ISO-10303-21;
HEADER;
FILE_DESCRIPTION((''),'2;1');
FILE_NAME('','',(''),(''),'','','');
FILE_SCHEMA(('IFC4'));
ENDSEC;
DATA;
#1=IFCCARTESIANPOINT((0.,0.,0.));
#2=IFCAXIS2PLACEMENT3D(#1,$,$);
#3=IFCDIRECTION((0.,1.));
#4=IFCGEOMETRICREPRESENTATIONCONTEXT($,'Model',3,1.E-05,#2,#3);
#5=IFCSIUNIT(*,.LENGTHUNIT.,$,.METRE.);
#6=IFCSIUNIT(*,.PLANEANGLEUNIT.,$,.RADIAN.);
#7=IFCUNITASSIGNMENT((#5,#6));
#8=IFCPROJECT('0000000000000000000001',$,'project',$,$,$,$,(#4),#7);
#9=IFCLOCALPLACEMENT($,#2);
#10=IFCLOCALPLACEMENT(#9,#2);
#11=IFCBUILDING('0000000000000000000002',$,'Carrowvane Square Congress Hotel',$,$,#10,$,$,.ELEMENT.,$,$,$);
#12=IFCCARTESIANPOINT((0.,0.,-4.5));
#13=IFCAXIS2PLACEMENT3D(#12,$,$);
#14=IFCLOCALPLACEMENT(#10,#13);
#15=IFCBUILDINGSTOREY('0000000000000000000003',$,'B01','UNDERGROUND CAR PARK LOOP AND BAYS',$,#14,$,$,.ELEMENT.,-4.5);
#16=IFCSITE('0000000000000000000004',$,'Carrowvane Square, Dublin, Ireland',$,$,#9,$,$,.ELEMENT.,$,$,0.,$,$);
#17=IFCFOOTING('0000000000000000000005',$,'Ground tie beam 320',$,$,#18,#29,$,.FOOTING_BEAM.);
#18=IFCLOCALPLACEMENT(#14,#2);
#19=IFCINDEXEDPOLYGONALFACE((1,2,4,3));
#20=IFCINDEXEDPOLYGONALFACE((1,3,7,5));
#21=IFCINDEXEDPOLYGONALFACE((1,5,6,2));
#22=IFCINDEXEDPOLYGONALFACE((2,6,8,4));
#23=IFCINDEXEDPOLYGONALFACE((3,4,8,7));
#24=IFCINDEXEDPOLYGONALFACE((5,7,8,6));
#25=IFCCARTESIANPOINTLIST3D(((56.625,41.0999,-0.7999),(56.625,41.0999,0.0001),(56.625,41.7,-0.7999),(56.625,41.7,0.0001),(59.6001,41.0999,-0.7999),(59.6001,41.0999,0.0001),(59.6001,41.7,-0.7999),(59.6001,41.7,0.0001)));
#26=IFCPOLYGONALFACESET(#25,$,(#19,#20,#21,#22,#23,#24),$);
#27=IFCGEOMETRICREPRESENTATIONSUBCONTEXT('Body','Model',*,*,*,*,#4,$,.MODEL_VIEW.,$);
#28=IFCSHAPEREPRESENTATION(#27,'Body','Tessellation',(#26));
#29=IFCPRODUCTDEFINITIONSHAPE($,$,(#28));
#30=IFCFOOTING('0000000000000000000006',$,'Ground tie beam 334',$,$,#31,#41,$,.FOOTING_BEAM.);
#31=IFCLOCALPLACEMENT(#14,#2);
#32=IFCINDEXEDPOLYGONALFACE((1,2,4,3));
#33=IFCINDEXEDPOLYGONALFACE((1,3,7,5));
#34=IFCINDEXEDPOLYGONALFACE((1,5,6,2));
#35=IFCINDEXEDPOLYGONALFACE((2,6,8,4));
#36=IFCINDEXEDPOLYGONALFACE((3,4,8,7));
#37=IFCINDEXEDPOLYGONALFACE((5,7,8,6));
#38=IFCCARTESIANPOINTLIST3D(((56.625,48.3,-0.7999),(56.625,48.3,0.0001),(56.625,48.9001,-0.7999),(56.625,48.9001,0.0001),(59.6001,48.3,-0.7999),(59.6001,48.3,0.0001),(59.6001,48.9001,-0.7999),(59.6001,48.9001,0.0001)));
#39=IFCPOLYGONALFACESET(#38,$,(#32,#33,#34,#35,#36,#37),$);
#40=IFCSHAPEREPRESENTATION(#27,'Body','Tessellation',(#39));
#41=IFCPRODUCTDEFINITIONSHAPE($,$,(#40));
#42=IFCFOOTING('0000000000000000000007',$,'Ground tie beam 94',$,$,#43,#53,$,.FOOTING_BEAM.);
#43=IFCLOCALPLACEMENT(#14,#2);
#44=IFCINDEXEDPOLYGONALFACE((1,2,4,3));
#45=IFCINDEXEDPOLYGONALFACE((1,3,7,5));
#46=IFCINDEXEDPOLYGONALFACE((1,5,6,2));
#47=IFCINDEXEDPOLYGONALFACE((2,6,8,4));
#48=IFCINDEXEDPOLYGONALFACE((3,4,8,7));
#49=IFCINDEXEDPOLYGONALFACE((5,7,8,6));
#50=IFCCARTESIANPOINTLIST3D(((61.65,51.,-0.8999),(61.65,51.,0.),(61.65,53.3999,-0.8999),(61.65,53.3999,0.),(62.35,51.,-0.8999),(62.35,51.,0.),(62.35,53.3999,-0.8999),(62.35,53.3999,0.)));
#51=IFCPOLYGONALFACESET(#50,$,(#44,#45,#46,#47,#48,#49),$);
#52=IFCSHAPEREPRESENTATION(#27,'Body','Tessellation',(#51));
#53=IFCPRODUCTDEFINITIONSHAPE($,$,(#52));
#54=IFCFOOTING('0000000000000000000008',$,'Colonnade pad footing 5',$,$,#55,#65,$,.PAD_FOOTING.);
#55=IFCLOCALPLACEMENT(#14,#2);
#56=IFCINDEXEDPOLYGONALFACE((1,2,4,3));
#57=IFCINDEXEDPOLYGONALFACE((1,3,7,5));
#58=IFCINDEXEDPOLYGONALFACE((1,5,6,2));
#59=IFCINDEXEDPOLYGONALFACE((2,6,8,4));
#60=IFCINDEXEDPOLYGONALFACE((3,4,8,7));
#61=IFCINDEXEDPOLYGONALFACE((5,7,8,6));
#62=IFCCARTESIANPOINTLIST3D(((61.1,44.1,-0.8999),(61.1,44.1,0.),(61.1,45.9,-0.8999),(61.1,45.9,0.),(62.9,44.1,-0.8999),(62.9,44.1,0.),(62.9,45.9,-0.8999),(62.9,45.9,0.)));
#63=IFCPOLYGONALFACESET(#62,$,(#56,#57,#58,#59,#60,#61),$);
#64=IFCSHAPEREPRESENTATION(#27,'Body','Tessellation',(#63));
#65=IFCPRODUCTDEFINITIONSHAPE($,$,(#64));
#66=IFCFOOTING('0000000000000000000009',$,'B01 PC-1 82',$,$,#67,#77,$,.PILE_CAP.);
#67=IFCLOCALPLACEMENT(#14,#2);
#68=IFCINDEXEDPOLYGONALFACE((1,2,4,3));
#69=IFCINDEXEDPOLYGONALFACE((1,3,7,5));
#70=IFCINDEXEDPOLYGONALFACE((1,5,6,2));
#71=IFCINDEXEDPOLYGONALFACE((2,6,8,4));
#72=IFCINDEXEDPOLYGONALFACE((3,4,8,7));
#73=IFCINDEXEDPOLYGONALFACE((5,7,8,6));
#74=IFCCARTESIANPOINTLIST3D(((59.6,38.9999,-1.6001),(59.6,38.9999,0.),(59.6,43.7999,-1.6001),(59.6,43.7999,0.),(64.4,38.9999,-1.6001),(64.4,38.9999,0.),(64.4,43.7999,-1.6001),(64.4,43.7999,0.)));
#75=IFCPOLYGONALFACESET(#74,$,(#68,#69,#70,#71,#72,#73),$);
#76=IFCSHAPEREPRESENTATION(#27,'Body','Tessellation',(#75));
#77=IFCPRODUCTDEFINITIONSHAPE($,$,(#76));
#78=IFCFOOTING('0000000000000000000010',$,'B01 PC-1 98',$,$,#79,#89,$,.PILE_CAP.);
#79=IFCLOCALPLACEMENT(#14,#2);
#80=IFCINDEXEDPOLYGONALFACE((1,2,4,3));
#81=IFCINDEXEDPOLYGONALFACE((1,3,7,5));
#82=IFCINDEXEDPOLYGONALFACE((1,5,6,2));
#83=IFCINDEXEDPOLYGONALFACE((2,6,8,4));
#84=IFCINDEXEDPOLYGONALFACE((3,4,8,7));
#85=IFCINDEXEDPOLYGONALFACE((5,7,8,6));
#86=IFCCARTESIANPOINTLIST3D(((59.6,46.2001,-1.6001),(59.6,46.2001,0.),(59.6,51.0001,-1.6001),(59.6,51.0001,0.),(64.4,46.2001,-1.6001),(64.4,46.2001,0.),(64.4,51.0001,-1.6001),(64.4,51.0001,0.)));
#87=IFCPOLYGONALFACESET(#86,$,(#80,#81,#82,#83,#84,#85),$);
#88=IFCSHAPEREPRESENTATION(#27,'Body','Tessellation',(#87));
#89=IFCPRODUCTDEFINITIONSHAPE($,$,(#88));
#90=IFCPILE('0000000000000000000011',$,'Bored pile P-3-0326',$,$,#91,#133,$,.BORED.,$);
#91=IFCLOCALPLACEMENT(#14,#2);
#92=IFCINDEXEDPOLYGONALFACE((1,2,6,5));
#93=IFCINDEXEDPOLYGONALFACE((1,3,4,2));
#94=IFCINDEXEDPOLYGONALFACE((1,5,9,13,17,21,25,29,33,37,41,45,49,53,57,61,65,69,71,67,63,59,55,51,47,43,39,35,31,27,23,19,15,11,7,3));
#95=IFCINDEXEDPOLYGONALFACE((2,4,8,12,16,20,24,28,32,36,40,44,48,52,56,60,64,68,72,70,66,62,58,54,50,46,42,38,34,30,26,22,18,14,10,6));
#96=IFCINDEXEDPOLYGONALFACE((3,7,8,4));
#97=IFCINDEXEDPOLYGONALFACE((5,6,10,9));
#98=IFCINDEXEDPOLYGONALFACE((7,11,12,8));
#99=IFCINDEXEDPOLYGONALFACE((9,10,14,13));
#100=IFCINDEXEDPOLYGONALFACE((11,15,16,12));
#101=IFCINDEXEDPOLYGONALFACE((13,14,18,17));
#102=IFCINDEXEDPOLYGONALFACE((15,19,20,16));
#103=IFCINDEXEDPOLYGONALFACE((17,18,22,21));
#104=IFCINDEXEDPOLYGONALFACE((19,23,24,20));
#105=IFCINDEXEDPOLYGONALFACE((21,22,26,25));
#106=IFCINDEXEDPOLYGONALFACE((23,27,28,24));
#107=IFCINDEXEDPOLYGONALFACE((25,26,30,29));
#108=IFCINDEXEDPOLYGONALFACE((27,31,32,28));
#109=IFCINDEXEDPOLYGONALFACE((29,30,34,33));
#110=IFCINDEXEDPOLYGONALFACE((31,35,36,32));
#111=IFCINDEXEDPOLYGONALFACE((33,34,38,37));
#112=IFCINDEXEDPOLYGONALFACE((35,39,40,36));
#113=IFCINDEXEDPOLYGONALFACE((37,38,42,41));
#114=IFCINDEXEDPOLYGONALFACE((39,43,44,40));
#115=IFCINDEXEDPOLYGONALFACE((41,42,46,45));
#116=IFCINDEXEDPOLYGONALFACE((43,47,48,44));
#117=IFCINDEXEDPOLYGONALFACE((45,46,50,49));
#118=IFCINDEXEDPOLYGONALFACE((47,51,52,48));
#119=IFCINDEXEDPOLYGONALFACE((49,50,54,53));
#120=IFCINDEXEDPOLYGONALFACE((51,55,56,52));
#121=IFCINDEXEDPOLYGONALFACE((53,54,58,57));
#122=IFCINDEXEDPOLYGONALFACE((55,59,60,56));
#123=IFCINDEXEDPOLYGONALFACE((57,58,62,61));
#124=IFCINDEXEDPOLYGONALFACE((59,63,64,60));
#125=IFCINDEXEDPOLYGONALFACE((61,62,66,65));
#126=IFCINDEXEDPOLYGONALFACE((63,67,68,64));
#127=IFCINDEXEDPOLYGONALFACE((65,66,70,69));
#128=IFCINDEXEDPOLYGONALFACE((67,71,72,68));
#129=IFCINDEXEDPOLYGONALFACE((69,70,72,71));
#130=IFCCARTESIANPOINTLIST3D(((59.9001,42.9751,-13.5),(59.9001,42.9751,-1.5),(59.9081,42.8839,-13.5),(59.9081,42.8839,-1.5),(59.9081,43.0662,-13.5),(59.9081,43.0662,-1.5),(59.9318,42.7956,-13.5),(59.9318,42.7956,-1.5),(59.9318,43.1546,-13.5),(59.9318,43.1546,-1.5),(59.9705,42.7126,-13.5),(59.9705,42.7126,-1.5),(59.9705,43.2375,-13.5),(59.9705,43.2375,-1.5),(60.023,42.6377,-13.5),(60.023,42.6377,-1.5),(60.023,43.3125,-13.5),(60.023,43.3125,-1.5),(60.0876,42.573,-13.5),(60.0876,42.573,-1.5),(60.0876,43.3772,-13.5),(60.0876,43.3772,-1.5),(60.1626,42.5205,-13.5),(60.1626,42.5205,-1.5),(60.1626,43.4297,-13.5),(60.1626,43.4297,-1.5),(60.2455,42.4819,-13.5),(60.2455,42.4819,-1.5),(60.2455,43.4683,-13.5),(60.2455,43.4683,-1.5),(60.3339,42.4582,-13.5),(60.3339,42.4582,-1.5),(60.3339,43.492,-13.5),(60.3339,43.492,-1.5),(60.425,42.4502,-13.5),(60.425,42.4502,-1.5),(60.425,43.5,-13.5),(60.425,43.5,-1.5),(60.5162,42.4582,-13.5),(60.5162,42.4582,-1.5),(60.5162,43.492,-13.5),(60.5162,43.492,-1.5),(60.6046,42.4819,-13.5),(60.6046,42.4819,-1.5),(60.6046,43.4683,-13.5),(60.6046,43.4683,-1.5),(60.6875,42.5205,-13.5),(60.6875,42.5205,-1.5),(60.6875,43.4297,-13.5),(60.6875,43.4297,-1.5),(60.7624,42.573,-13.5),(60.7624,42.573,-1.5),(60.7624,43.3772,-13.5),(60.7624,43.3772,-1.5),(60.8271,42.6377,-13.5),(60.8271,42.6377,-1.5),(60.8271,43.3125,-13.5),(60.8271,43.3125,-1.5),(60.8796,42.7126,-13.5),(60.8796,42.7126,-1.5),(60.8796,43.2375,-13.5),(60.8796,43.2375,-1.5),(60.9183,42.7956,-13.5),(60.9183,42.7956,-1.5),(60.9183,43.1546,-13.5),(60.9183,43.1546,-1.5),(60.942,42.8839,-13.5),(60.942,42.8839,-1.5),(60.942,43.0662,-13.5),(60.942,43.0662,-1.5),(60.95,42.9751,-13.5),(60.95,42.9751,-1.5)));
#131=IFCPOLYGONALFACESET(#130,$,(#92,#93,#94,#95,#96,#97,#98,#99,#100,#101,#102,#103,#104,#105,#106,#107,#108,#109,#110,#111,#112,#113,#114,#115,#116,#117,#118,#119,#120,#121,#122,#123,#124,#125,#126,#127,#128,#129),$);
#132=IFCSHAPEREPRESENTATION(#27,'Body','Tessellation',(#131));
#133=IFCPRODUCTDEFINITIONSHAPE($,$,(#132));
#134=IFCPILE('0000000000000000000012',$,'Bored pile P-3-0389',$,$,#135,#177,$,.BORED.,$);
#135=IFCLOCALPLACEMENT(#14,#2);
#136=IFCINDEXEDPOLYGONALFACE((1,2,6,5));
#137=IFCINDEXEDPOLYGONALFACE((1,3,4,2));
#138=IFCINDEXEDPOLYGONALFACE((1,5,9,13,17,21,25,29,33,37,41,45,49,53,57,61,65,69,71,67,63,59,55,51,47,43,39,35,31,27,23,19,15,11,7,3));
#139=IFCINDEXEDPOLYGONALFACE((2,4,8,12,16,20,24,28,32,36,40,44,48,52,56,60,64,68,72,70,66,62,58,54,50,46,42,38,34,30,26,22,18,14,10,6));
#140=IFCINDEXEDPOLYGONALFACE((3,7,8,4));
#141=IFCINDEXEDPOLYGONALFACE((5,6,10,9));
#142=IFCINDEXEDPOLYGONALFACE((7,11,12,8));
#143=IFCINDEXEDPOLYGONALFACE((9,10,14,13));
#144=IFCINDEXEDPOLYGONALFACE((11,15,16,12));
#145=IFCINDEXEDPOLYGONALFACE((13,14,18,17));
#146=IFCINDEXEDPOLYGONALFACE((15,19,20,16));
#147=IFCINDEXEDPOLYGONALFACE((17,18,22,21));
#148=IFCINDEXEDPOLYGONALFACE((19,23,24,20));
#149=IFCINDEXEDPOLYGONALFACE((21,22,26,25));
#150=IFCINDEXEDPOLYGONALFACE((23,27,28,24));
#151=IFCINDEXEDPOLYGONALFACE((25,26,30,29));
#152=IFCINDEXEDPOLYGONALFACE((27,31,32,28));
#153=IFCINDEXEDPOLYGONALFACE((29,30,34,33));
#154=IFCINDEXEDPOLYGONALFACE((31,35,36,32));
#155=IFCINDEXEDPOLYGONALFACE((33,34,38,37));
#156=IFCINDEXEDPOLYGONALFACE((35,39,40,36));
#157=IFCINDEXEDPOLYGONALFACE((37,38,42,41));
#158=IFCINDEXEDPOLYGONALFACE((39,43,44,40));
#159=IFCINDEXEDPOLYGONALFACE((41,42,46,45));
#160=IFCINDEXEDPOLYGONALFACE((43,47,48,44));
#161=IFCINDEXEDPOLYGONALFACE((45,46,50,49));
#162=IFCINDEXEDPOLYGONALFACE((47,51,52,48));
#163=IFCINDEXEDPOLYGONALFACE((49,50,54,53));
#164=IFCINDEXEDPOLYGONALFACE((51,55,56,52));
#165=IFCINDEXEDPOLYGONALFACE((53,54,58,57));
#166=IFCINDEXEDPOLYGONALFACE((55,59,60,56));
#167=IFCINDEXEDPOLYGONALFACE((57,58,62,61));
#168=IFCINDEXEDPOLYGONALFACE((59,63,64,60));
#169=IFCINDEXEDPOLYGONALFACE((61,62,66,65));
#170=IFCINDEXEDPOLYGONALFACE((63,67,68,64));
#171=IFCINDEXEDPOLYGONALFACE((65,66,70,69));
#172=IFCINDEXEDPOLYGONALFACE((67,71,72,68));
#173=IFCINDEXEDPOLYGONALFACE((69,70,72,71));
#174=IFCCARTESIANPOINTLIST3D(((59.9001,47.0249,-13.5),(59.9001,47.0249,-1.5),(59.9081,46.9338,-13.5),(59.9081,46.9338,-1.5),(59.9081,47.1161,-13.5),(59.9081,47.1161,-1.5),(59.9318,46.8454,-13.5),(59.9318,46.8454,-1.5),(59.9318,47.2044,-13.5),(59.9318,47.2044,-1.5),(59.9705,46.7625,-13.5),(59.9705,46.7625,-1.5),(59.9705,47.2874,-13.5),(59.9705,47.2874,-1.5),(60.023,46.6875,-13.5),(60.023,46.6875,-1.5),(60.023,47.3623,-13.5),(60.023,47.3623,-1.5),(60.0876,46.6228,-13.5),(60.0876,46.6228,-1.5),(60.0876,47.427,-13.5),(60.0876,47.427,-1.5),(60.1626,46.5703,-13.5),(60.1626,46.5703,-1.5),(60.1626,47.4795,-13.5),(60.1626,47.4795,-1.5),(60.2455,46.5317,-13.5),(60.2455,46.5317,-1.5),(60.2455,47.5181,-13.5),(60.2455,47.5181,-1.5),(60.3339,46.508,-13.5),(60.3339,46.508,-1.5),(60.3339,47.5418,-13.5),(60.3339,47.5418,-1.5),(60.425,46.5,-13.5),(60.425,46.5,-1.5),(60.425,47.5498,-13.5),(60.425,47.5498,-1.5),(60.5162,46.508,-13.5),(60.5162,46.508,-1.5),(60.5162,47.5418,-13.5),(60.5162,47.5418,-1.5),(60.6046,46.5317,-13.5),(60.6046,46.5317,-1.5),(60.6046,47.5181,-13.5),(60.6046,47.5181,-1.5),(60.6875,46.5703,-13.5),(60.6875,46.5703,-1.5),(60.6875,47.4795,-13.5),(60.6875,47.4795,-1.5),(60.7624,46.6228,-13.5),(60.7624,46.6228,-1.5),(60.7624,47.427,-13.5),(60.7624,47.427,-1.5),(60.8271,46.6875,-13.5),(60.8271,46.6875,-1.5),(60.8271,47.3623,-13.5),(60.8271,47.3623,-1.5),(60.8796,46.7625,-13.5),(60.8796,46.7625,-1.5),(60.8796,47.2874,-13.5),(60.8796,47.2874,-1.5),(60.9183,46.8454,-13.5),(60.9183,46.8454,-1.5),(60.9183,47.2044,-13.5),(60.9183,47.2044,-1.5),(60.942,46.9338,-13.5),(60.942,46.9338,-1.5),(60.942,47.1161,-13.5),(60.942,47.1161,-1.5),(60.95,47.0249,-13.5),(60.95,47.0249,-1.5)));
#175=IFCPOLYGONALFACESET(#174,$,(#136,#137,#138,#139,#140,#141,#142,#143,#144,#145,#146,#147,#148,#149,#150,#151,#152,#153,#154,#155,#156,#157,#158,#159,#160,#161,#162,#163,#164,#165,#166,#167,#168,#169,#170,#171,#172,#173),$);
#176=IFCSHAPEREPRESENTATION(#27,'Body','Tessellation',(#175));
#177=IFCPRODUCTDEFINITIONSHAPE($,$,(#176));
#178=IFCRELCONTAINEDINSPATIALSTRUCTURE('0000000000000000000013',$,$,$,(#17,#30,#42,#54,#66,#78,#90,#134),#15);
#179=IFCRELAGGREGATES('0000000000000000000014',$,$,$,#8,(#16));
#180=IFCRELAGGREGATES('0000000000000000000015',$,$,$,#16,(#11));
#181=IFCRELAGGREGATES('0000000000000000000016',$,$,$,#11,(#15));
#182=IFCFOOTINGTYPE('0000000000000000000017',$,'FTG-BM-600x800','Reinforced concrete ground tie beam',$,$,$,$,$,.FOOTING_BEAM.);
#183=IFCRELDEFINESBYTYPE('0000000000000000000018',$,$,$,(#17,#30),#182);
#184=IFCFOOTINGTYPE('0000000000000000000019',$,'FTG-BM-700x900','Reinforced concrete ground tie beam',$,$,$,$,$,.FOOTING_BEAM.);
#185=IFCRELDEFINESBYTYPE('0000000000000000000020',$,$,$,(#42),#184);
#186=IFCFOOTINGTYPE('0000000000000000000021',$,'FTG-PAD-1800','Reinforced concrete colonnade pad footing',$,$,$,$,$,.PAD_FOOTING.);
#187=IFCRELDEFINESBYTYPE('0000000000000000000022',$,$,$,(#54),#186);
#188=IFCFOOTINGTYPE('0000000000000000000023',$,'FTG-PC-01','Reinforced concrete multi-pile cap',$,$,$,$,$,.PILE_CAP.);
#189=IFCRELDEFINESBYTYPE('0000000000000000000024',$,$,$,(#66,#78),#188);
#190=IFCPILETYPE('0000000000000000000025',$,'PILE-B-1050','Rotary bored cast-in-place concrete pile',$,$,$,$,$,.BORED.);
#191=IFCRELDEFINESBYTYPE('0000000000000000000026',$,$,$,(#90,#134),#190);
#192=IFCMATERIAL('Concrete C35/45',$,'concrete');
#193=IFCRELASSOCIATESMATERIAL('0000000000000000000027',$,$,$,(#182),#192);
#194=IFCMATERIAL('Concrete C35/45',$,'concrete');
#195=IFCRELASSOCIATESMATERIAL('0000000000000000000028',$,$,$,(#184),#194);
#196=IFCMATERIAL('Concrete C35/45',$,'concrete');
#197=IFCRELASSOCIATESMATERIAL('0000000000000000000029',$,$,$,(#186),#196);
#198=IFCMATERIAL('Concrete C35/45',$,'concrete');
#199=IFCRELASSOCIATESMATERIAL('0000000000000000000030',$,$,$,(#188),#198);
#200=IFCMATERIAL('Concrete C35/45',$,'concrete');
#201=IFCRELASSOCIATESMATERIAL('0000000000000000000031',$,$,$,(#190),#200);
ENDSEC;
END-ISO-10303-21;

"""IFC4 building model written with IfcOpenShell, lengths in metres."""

from ifc_helpers import new_model, si_unit, direction, frame, origin, origin_2d, place, context, subcontext, project, spatial, rectangle, circle, extrude, material, material_profile, profile_set, type_object, element, save


model = new_model("IFC4")

# Units and contexts
model_context = context("Model", 3, precision=1e-05, world=origin(), true_north=direction((0.0, 1.0)))
body_context = subcontext(model_context, "Body", "Model", "MODEL_VIEW")
ifc_project = project(units=[si_unit("LENGTHUNIT", "METRE"), si_unit("PLANEANGLEUNIT", "RADIAN")], contexts=[model_context])

# Site, building, storey
site_placement = place(None, origin())
site = spatial("IfcSite", under=ifc_project, at=site_placement, Name="Carrowvane Square, Dublin, Ireland", CompositionType="ELEMENT", RefElevation=0.0)
building_placement = place(site_placement, origin())
building = spatial("IfcBuilding", under=site, at=building_placement, Name="Carrowvane Square Congress Hotel", CompositionType="ELEMENT")
storey_placement = place(building_placement, frame((0.0, 0.0, -4.5)))
storey = spatial("IfcBuildingStorey", under=building, at=storey_placement, Name="B01", Description="UNDERGROUND CAR PARK LOOP AND BAYS", CompositionType="ELEMENT", Elevation=-4.5)

# Footings
ifc_material_1 = material(Name="Concrete C35/45", Category="concrete")
ifc_material_profile_1 = material_profile(ifc_material_1, rectangle(XDim=0.6001, YDim=0.8, at=origin_2d()), Name="RC 600x800")
ifc_profile_set_1 = profile_set([ifc_material_profile_1], Name="Concrete C35/45")
footing_type_1 = type_object("IfcFootingType", Name="FTG-BM-600x800", Description="Reinforced concrete ground tie beam", PredefinedType="FOOTING_BEAM", material=ifc_profile_set_1)
for number, where, z_axis, x_axis, name in (
    (1, (56.625, 41.3999, -0.3999), (1.0, 0.0, 0.0), (0.0, 1.0, 0.0), "Ground tie beam 320"),
    (2, (56.625, 48.6001, -0.3999), (1.0, 0.0, 0.0), (0.0, 1.0, 0.0), "Ground tie beam 334"),
):
    element("IfcFooting", number, at=place(storey_placement, frame(where, z_axis=z_axis, x_axis=x_axis)), inside=storey, type_object=footing_type_1, Name=name, PredefinedType="FOOTING_BEAM", context=body_context, shape_type="SweptSolid", body=[
        extrude(rectangle(XDim=0.6001, YDim=0.8, at=origin_2d()), origin(), (0.0, 0.0, 1.0), 2.9751),
    ])
ifc_material_2 = material(Name="Concrete C35/45", Category="concrete")
ifc_material_profile_2 = material_profile(ifc_material_2, rectangle(XDim=0.7, YDim=0.8999, at=origin_2d()), Name="RC 700x900")
ifc_profile_set_2 = profile_set([ifc_material_profile_2], Name="Concrete C35/45")
footing_type_2 = type_object("IfcFootingType", Name="FTG-BM-700x900", Description="Reinforced concrete ground tie beam", PredefinedType="FOOTING_BEAM", material=ifc_profile_set_2)
footing_1_placement = place(storey_placement, frame((62.0, 51.0, -0.45), z_axis=(0.0, 1.0, 0.0), x_axis=(-1.0, 0.0, 0.0)))
element("IfcFooting", 3, at=footing_1_placement, inside=storey, type_object=footing_type_2, Name="Ground tie beam 94", PredefinedType="FOOTING_BEAM", context=body_context, shape_type="SweptSolid", body=[
    extrude(rectangle(XDim=0.7, YDim=0.8999, at=origin_2d()), origin(), (0.0, 0.0, 1.0), 2.3999),
])
ifc_material_3 = material(Name="Concrete C35/45", Category="concrete")
footing_type_3 = type_object("IfcFootingType", Name="FTG-PAD-1800", Description="Reinforced concrete colonnade pad footing", PredefinedType="PAD_FOOTING", material=ifc_material_3)
footing_2_placement = place(storey_placement, frame((62.0, 45.0, -0.8999), z_axis=(0.0, 0.0, 1.0), x_axis=(1.0, 0.0, 0.0)))
element("IfcFooting", 4, at=footing_2_placement, inside=storey, type_object=footing_type_3, Name="Colonnade pad footing 5", PredefinedType="PAD_FOOTING", context=body_context, shape_type="SweptSolid", body=[
    extrude(rectangle(XDim=1.8, YDim=1.8, at=origin_2d()), origin(), (0.0, 0.0, 1.0), 0.8999),
])
ifc_material_4 = material(Name="Concrete C35/45", Category="concrete")
footing_type_4 = type_object("IfcFootingType", Name="FTG-PC-01", Description="Reinforced concrete multi-pile cap", PredefinedType="PILE_CAP", material=ifc_material_4)
for number, where, z_axis, x_axis, name in (
    (5, (62.0, 41.3999, -1.6001), (0.0, 0.0, 1.0), (1.0, 0.0, 0.0), "B01 PC-1 82"),
    (6, (62.0, 48.6001, -1.6001), (0.0, 0.0, 1.0), (1.0, 0.0, 0.0), "B01 PC-1 98"),
):
    element("IfcFooting", number, at=place(storey_placement, frame(where, z_axis=z_axis, x_axis=x_axis)), inside=storey, type_object=footing_type_4, Name=name, PredefinedType="PILE_CAP", context=body_context, shape_type="SweptSolid", body=[
        extrude(rectangle(XDim=4.8, YDim=4.8, at=origin_2d()), origin(), (0.0, 0.0, 1.0), 1.6001),
    ])

# Piles
ifc_material_5 = material(Name="Concrete C35/45", Category="concrete")
ifc_material_profile_3 = material_profile(ifc_material_5, circle(Radius=0.5249, at=origin_2d()), Name="PILE D1050")
ifc_profile_set_3 = profile_set([ifc_material_profile_3], Name="Concrete C35/45")
pile_type_1 = type_object("IfcPileType", Name="PILE-B-1050", Description="Rotary bored cast-in-place concrete pile", PredefinedType="BORED", material=ifc_profile_set_3)
for number, where, z_axis, x_axis, name in (
    (7, (60.425, 42.9751, -1.5), (0.0, 0.0, -1.0), (1.0, 0.0, 0.0), "Bored pile P-3-0326"),
    (8, (60.425, 47.0249, -1.5), (0.0, 0.0, -1.0), (1.0, 0.0, 0.0), "Bored pile P-3-0389"),
):
    element("IfcPile", number, at=place(storey_placement, frame(where, z_axis=z_axis, x_axis=x_axis)), inside=storey, type_object=pile_type_1, Name=name, PredefinedType="BORED", context=body_context, shape_type="SweptSolid", body=[
        extrude(circle(Radius=0.5249, at=origin_2d()), origin(), (0.0, 0.0, 1.0), 12.0),
    ])

save(model, "model.ifc")
